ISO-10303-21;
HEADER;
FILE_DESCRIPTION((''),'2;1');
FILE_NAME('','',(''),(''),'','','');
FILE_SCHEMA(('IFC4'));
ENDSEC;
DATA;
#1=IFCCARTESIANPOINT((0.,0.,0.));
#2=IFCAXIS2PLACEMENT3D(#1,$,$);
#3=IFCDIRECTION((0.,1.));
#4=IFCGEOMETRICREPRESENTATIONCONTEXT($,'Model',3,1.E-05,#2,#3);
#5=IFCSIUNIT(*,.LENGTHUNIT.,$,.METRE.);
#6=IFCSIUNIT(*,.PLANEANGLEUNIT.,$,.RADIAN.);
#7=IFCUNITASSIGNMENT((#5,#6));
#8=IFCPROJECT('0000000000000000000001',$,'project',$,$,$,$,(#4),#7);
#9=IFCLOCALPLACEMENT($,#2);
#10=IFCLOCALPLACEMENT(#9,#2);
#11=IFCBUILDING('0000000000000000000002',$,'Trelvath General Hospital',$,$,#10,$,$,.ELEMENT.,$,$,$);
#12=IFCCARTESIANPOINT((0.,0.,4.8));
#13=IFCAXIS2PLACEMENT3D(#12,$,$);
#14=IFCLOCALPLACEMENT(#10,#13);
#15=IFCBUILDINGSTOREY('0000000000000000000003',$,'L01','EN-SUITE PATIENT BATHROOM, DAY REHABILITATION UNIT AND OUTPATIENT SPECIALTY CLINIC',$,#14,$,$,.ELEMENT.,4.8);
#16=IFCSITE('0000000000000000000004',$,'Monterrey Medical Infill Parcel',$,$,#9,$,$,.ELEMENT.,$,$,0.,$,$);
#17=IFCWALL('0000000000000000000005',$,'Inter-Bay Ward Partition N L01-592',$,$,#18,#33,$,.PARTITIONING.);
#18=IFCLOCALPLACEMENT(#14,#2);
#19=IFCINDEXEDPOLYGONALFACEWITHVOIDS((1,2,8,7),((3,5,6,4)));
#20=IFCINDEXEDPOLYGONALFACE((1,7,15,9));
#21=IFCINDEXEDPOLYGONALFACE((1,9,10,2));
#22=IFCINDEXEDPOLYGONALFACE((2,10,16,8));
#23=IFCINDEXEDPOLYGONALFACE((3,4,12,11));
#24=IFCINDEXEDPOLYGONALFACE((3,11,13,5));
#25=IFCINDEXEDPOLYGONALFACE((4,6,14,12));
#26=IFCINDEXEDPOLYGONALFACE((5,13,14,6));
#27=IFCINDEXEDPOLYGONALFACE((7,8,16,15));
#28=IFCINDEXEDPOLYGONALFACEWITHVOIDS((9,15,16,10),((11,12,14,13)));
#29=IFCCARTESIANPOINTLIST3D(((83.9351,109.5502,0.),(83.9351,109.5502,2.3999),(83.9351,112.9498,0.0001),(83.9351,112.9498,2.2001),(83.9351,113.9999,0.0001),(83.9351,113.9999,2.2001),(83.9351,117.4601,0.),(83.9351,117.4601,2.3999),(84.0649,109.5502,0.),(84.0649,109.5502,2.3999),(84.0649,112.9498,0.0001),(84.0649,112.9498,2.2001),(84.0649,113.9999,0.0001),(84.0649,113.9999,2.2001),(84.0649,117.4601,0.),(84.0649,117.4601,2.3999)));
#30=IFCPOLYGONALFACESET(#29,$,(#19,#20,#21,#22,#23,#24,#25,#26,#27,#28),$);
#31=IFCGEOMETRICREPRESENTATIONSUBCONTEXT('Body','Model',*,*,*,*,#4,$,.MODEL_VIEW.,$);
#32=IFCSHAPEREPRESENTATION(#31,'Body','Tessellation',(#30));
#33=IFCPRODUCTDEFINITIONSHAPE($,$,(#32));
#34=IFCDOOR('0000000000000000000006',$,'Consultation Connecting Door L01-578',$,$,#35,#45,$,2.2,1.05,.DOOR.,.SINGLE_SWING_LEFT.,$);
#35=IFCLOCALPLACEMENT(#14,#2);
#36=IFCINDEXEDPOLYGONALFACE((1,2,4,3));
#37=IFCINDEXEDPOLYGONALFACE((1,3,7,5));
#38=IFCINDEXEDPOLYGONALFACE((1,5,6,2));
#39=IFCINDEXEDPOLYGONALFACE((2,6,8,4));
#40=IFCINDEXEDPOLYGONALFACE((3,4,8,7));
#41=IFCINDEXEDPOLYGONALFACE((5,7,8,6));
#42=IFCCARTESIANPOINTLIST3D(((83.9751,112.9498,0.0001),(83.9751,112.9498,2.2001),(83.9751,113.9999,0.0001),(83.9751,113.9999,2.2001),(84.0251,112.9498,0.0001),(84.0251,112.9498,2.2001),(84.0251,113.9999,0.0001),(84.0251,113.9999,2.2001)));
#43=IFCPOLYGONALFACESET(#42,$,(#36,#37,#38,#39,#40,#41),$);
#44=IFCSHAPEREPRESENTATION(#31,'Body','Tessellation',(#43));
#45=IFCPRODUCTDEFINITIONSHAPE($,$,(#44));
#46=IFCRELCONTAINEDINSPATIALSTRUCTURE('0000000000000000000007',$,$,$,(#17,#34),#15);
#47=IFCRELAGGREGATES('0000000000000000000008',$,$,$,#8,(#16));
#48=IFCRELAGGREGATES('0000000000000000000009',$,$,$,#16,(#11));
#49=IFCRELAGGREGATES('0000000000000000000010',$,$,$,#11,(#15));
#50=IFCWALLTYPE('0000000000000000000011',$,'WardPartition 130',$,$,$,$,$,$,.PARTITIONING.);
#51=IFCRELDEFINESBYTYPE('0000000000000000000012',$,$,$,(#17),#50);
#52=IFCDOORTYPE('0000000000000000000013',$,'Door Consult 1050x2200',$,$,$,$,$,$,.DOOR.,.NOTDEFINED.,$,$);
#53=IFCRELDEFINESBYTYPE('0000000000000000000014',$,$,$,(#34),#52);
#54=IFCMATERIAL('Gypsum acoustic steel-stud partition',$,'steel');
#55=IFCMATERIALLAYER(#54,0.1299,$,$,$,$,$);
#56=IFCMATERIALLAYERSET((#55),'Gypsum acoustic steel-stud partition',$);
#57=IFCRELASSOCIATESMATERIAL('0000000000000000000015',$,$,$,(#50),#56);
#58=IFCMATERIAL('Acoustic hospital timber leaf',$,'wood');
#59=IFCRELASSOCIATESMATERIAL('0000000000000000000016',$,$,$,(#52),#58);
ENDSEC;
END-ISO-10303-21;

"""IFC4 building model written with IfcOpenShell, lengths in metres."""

from ifc_helpers import new_model, si_unit, direction, frame, frame_2d, origin, place, context, subcontext, project, spatial, rectangle, extrude, material, layer, layer_set, type_object, element, fill, save


model = new_model("IFC4")

# Units and contexts
model_context = context("Model", 3, precision=1e-05, world=origin(), true_north=direction((0.0, 1.0)))
body_context = subcontext(model_context, "Body", "Model", "MODEL_VIEW")
ifc_project = project(units=[si_unit("LENGTHUNIT", "METRE"), si_unit("PLANEANGLEUNIT", "RADIAN")], contexts=[model_context])

# Site, building, storey
site_placement = place(None, origin())
site = spatial("IfcSite", under=ifc_project, at=site_placement, Name="Monterrey Medical Infill Parcel", CompositionType="ELEMENT", RefElevation=0.0)
building_placement = place(site_placement, origin())
building = spatial("IfcBuilding", under=site, at=building_placement, Name="Trelvath General Hospital", CompositionType="ELEMENT")
storey_placement = place(building_placement, frame((0.0, 0.0, 4.8)))
storey = spatial("IfcBuildingStorey", under=building, at=storey_placement, Name="L01", Description="EN-SUITE PATIENT BATHROOM, DAY REHABILITATION UNIT AND OUTPATIENT SPECIALTY CLINIC", CompositionType="ELEMENT", Elevation=4.8)

# Wall, opening, door
ifc_material_1 = material(Name="Gypsum acoustic steel-stud partition", Category="steel")
ifc_layer_1 = layer(ifc_material_1, 0.1299)
ifc_layer_set_1 = layer_set([ifc_layer_1], Name="Gypsum acoustic steel-stud partition")
wall_type_1 = type_object("IfcWallType", Name="WardPartition 130", PredefinedType="PARTITIONING", material=ifc_layer_set_1)
wall_1_placement = place(storey_placement, frame((84.0, 109.55, 0.0), z_axis=(0.0, 0.0, 1.0), x_axis=(0.0, 1.0, 0.0)))
wall_1 = element("IfcWall", 1, at=wall_1_placement, inside=storey, type_object=wall_type_1, Name="Inter-Bay Ward Partition N L01-592", PredefinedType="PARTITIONING", context=body_context, shape_type="SweptSolid", body=[
    extrude(rectangle(XDim=7.9099, YDim=0.1299, at=frame_2d((3.9551, 0.0))), origin(), (0.0, 0.0, 1.0), 2.3999),
])
opening_1_placement = place(wall_1_placement, frame((3.3999, 0.0, 0.0)))
opening_1 = element("IfcOpeningElement", 2, at=opening_1_placement, cuts=wall_1, PredefinedType="OPENING", context=body_context, shape_type="SweptSolid", body=[
    extrude(rectangle(XDim=1.05, YDim=2.2, at=frame_2d((0.5249, 1.1001))), frame((0.0, 0.075, 0.0), z_axis=(0.0, -1.0, 0.0), x_axis=(1.0, 0.0, 0.0)), (0.0, 0.0, 1.0), 0.1499),
])
ifc_material_2 = material(Name="Acoustic hospital timber leaf", Category="wood")
door_type_1 = type_object("IfcDoorType", Name="Door Consult 1050x2200", OperationType="NOTDEFINED", PredefinedType="DOOR", material=ifc_material_2)
door_1_placement = place(opening_1_placement, origin())
door_1 = element("IfcDoor", 3, at=door_1_placement, inside=storey, type_object=door_type_1, Name="Consultation Connecting Door L01-578", OperationType="SINGLE_SWING_LEFT", OverallHeight=2.2, OverallWidth=1.05, PredefinedType="DOOR", context=body_context, shape_type="SweptSolid", body=[
    extrude(rectangle(XDim=1.05, YDim=2.2, at=frame_2d((0.5249, 1.1001))), frame((0.0, 0.0249, 0.0), z_axis=(0.0, -1.0, 0.0), x_axis=(1.0, 0.0, 0.0)), (0.0, 0.0, 1.0), 0.05),
])
fill(opening_1, door_1)

save(model, "model.ifc")
